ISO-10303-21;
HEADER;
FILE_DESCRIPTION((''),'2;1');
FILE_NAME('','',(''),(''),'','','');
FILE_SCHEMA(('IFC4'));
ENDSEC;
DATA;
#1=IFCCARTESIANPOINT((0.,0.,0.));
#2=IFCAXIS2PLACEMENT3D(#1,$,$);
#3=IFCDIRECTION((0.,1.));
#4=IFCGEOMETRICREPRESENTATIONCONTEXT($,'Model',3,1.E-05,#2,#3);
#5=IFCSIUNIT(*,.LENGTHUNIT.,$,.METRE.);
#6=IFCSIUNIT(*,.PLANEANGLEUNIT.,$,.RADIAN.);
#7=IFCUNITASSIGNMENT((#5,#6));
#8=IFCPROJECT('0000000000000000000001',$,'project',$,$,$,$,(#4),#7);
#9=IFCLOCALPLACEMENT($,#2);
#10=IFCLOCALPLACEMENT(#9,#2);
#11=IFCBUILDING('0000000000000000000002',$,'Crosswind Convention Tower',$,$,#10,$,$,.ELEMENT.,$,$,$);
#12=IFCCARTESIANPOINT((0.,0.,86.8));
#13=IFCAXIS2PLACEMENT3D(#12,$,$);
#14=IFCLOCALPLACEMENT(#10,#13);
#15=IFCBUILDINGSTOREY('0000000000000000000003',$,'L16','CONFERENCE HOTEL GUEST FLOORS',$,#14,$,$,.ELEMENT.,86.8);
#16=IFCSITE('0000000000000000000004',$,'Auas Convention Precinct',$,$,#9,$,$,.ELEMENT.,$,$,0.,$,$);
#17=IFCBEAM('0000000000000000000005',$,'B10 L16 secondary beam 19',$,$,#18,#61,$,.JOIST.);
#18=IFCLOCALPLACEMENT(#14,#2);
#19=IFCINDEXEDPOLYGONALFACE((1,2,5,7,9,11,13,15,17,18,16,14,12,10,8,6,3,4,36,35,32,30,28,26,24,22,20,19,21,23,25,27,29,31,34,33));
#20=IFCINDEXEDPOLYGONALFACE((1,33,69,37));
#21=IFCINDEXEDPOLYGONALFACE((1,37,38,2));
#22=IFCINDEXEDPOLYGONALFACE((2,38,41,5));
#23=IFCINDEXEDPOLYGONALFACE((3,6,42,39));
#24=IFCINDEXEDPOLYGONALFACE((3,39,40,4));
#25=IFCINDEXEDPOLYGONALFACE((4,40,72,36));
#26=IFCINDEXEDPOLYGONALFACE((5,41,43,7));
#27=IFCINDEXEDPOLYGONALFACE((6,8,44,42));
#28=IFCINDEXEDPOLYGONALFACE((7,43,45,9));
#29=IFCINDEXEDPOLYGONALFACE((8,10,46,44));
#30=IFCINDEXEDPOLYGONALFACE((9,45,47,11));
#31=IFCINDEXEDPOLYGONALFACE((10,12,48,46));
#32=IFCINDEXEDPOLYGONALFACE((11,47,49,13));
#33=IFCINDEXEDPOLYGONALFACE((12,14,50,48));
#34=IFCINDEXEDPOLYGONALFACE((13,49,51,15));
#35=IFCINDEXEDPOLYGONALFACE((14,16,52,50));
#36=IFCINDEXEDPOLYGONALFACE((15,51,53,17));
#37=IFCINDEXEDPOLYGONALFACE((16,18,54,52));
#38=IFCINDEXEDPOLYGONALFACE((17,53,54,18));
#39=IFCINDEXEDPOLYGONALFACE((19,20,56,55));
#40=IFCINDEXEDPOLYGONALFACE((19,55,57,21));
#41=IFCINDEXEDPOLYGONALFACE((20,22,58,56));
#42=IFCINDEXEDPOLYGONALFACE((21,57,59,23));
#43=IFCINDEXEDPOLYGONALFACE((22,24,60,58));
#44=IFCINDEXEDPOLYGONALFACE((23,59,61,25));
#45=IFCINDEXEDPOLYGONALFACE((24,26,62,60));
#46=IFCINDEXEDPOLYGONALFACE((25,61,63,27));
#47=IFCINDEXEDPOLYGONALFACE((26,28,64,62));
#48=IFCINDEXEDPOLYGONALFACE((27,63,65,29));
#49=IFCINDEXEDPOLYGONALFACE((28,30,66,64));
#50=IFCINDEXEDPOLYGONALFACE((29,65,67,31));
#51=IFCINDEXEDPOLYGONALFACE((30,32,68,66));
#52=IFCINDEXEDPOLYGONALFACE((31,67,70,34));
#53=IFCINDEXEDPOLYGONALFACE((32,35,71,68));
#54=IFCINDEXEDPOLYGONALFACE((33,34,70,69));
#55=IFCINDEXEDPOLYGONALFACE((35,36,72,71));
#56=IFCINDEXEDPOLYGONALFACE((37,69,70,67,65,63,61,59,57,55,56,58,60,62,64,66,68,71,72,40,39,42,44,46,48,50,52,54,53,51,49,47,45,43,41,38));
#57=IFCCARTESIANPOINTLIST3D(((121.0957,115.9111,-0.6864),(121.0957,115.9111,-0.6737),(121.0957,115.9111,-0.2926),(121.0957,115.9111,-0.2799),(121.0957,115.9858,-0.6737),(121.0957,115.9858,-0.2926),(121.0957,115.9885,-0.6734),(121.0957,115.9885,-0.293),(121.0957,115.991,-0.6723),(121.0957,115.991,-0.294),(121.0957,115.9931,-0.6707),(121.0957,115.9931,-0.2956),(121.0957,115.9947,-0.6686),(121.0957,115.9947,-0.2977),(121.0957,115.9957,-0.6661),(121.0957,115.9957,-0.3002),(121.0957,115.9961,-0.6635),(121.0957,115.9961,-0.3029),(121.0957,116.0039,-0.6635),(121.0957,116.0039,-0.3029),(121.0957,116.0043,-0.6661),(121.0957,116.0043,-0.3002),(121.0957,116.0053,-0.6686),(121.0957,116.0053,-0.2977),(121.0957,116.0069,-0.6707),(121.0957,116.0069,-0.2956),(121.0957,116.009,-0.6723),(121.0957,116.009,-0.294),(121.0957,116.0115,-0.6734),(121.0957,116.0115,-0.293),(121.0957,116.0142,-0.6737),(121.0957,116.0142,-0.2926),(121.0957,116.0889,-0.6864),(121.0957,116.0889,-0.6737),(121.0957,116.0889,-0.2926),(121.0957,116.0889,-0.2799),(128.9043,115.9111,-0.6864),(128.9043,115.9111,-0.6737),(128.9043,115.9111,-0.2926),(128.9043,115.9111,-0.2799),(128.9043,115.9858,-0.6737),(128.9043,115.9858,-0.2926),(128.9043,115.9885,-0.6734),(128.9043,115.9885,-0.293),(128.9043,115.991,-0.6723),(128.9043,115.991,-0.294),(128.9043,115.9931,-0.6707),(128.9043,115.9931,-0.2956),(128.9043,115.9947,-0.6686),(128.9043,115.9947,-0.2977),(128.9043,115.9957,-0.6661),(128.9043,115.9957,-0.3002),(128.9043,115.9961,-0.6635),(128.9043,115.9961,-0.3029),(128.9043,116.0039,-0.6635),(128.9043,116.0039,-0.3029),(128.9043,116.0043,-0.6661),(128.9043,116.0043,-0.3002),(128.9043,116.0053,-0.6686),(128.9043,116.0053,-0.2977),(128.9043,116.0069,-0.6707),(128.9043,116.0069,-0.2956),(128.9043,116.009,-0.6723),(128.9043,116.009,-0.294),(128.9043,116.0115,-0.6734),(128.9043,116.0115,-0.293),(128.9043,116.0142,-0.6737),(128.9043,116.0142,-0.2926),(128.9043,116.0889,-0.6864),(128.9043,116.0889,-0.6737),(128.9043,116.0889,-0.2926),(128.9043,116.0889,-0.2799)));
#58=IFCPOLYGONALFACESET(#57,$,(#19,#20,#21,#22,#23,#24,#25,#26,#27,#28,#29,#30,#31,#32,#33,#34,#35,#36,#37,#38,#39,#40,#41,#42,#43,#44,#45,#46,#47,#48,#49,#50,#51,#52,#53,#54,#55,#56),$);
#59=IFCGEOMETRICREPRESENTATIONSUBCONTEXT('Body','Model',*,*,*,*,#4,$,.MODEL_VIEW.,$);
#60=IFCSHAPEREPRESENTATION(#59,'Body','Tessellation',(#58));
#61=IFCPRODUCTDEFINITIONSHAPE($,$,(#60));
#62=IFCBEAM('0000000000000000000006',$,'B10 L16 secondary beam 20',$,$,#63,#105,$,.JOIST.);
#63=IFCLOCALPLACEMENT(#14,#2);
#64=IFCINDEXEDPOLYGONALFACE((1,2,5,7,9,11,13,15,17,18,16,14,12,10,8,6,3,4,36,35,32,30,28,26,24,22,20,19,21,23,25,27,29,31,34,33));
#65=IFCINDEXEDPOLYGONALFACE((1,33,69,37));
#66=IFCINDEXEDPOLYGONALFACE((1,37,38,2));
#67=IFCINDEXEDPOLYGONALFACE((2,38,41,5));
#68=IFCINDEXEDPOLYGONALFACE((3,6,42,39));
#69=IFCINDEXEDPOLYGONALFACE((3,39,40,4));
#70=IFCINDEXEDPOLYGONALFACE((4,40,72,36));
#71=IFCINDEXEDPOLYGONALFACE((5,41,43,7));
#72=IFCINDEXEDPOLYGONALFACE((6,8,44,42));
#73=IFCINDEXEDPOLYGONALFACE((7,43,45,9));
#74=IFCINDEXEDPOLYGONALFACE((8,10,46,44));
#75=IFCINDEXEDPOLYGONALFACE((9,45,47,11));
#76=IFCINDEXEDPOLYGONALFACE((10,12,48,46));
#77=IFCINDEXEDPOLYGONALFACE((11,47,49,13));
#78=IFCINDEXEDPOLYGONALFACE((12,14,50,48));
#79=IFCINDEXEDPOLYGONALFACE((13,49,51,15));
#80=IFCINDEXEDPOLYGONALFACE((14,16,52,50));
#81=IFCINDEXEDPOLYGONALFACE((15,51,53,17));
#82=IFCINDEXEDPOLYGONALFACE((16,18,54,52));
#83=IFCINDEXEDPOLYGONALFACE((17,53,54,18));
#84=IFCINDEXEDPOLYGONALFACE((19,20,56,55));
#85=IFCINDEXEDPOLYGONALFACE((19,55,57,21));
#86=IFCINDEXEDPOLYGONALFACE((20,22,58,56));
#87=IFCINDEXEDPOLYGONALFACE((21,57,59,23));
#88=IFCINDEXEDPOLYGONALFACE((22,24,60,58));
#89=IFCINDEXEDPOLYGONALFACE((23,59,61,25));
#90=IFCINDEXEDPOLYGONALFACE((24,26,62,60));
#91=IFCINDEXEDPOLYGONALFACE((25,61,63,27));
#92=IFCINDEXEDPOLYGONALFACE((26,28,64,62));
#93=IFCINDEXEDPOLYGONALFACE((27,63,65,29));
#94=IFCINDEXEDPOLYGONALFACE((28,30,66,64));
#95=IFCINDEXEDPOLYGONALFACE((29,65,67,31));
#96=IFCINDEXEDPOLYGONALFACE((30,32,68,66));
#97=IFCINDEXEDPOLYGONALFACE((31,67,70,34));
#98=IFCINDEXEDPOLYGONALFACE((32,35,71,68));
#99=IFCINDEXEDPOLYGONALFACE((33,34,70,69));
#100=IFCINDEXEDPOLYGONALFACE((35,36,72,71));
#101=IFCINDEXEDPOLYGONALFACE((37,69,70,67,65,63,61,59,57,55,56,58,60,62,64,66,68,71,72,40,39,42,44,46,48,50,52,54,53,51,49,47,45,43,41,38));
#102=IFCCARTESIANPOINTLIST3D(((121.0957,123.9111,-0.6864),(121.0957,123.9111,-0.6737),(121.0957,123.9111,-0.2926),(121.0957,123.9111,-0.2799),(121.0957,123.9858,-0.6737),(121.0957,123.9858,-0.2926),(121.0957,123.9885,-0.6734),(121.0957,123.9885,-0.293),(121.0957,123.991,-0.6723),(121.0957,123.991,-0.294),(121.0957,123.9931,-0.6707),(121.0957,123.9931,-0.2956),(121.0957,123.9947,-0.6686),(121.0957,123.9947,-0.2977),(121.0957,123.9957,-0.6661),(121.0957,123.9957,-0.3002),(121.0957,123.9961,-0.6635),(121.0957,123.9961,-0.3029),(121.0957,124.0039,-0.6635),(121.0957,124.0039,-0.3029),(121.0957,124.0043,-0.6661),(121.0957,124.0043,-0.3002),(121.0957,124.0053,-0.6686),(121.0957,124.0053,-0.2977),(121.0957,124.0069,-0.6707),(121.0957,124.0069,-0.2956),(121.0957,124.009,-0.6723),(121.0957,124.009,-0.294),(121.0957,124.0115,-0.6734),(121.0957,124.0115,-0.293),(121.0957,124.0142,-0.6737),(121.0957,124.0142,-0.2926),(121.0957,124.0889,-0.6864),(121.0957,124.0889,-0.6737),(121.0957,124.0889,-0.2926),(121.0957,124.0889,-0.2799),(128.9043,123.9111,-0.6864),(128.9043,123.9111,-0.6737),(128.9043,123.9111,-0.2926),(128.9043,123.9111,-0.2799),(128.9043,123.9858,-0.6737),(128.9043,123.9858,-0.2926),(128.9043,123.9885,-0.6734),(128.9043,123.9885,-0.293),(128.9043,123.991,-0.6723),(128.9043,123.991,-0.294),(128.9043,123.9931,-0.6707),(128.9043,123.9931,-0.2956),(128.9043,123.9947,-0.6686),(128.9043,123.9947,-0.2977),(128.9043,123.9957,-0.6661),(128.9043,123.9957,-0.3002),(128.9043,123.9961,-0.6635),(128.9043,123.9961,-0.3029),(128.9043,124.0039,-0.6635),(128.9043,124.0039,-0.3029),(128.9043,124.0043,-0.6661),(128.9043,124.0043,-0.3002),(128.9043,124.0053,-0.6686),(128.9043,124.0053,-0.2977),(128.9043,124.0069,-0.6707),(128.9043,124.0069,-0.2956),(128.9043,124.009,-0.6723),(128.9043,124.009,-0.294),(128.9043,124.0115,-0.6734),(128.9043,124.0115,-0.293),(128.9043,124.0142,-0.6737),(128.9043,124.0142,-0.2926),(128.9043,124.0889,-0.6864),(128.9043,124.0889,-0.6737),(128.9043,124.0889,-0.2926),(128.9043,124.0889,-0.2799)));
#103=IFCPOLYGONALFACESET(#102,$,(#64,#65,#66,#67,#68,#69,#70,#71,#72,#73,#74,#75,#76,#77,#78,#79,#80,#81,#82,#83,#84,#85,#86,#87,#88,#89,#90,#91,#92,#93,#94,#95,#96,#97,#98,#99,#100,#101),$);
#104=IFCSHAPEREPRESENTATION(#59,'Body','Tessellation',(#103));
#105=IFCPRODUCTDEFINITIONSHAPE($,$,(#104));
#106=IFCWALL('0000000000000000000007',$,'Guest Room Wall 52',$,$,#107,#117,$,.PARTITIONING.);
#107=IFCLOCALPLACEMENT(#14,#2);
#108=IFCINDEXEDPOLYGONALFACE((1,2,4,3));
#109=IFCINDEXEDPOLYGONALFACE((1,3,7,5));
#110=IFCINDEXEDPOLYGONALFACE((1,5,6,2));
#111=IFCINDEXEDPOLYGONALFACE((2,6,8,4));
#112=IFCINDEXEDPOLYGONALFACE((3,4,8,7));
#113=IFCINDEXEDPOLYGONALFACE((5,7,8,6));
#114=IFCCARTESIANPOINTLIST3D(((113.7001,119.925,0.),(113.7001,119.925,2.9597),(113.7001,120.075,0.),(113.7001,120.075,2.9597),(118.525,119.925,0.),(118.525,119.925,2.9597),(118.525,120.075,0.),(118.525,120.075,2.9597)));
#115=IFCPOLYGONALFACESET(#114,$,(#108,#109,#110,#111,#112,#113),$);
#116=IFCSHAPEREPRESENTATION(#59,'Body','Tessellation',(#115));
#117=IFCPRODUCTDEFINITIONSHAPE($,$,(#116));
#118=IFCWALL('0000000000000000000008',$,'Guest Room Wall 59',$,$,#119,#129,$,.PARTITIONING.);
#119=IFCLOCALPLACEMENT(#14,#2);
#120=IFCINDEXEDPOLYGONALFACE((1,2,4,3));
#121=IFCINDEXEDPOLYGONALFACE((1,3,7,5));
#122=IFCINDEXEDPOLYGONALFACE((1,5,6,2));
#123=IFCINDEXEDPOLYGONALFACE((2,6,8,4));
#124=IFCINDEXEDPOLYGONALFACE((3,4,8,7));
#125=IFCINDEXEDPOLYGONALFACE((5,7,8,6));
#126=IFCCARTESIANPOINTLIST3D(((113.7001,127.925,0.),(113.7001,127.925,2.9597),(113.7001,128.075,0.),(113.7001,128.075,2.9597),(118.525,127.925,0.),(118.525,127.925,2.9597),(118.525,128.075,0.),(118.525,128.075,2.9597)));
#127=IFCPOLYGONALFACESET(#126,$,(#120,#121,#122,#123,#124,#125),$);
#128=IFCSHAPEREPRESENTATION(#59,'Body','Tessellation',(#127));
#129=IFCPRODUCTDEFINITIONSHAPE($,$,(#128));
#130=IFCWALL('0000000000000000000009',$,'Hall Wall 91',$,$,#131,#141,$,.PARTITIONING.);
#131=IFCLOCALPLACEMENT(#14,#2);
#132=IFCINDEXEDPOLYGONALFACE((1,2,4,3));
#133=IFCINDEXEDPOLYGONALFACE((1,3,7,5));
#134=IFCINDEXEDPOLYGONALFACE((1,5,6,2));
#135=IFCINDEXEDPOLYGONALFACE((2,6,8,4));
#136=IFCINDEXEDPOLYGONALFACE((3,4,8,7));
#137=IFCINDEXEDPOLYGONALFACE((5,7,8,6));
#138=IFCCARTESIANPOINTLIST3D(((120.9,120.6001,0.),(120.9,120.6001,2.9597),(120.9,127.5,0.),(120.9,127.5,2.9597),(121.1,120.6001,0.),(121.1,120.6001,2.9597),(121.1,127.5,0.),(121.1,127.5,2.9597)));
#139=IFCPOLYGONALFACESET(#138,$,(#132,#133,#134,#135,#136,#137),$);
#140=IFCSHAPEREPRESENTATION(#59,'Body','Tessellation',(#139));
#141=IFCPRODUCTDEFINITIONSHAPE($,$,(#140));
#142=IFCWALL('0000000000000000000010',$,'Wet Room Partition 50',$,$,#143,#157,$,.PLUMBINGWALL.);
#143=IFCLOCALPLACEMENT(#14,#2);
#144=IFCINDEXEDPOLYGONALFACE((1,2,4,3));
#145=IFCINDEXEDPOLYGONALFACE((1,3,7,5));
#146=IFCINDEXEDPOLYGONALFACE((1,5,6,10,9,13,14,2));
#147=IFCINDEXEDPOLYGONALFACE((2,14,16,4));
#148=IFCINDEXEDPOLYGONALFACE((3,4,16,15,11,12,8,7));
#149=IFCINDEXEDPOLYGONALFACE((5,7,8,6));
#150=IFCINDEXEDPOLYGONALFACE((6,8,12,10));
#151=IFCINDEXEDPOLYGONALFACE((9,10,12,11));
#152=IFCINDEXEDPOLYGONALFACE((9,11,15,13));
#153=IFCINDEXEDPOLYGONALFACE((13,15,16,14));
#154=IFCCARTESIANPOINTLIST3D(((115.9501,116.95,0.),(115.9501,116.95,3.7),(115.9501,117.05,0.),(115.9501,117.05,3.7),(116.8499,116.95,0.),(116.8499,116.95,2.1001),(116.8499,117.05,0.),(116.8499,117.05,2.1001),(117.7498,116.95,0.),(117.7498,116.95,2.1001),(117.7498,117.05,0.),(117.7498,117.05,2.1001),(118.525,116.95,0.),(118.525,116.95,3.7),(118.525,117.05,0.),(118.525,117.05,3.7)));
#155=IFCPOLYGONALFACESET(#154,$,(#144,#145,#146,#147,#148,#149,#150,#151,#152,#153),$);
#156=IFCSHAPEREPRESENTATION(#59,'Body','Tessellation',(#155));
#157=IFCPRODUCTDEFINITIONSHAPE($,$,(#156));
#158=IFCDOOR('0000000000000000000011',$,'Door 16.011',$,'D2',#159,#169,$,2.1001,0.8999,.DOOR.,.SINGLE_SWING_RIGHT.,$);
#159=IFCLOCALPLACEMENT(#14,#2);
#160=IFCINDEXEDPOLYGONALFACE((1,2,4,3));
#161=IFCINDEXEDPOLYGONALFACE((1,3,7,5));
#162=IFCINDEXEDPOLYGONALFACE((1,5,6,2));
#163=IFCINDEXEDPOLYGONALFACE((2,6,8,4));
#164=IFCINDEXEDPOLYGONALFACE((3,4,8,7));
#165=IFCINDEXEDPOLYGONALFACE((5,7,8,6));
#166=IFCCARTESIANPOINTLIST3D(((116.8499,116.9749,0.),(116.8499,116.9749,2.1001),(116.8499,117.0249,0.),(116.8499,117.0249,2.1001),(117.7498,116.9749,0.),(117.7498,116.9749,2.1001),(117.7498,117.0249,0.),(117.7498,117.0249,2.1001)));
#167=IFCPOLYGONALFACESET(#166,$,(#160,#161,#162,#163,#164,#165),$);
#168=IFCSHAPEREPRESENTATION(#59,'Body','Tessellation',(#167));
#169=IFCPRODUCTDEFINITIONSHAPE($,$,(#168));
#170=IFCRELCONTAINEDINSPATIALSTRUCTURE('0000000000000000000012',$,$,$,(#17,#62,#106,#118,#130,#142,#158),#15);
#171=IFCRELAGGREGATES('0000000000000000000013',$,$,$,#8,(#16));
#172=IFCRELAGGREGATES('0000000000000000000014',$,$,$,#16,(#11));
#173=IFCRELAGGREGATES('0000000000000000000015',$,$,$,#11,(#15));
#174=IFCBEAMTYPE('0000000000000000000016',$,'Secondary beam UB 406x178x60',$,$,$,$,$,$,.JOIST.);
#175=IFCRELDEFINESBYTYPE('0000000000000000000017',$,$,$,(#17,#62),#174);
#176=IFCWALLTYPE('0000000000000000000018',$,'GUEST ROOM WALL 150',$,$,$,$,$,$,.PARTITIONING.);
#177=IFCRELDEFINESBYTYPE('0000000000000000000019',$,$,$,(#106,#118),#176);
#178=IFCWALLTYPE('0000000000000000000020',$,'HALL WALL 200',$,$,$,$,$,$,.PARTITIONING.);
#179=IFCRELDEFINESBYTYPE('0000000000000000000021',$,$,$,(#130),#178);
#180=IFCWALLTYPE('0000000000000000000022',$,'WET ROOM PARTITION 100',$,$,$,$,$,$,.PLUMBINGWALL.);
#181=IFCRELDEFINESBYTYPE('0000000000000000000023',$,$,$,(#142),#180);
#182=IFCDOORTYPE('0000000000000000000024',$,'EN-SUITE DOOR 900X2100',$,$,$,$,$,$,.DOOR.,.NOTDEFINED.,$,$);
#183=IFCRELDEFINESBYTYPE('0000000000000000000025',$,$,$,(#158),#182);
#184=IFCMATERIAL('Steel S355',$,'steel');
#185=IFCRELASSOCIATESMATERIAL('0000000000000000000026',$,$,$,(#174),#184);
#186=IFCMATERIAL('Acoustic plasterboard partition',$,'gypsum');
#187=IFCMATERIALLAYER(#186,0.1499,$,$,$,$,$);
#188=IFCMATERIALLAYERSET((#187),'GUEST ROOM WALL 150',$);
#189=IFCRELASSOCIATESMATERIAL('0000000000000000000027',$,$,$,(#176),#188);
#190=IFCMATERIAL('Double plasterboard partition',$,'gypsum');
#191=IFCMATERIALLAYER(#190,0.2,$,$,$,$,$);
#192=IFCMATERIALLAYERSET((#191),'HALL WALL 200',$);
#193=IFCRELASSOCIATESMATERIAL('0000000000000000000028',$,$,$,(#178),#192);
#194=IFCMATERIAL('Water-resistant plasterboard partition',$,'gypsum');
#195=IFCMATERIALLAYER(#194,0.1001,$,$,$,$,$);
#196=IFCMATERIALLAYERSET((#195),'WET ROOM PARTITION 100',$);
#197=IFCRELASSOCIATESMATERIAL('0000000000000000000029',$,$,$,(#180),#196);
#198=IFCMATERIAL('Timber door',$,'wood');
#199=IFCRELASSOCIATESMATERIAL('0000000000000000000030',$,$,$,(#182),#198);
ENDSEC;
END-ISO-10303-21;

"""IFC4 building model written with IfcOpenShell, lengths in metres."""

from ifc_helpers import new_model, si_unit, direction, frame, frame_2d, origin, origin_2d, place, context, subcontext, project, spatial, rectangle, i_section, extrude, material, layer, layer_set, material_profile, profile_set, type_object, element, fill, save


model = new_model("IFC4")

# Units and contexts
model_context = context("Model", 3, precision=1e-05, world=origin(), true_north=direction((0.0, 1.0)))
body_context = subcontext(model_context, "Body", "Model", "MODEL_VIEW")
ifc_project = project(units=[si_unit("LENGTHUNIT", "METRE"), si_unit("PLANEANGLEUNIT", "RADIAN")], contexts=[model_context])

# Site, building, storey
site_placement = place(None, origin())
site = spatial("IfcSite", under=ifc_project, at=site_placement, Name="Auas Convention Precinct", CompositionType="ELEMENT", RefElevation=0.0)
building_placement = place(site_placement, origin())
building = spatial("IfcBuilding", under=site, at=building_placement, Name="Crosswind Convention Tower", CompositionType="ELEMENT")
storey_placement = place(building_placement, frame((0.0, 0.0, 86.8)))
storey = spatial("IfcBuildingStorey", under=building, at=storey_placement, Name="L16", Description="CONFERENCE HOTEL GUEST FLOORS", CompositionType="ELEMENT", Elevation=86.8)

# Beams
ifc_material_1 = material(Name="Steel S355", Category="steel")
ifc_material_profile_1 = material_profile(ifc_material_1, i_section(OverallWidth=0.1777, OverallDepth=0.4065, WebThickness=0.0078, FlangeThickness=0.0127, FilletRadius=0.0103, at=origin_2d()), Name="UB 406x178x60")
ifc_profile_set_1 = profile_set([ifc_material_profile_1], Name="Steel S355")
beam_type_1 = type_object("IfcBeamType", Name="Secondary beam UB 406x178x60", PredefinedType="JOIST", material=ifc_profile_set_1)
for number, where, z_axis, x_axis, name in (
    (1, (121.0957, 116.0, -0.4832), (1.0, 0.0, 0.0), (0.0, 1.0, 0.0), "B10 L16 secondary beam 19"),
    (2, (121.0957, 124.0, -0.4832), (1.0, 0.0, 0.0), (0.0, 1.0, 0.0), "B10 L16 secondary beam 20"),
):
    element("IfcBeam", number, at=place(storey_placement, frame(where, z_axis=z_axis, x_axis=x_axis)), inside=storey, type_object=beam_type_1, Name=name, PredefinedType="JOIST", context=body_context, shape_type="SweptSolid", body=[
        extrude(i_section(OverallWidth=0.1777, OverallDepth=0.4065, WebThickness=0.0078, FlangeThickness=0.0127, FilletRadius=0.0103, at=origin_2d()), origin(), (0.0, 0.0, 1.0), 7.8086),
    ])

# Walls
ifc_material_2 = material(Name="Acoustic plasterboard partition", Category="gypsum")
ifc_layer_1 = layer(ifc_material_2, 0.1499)
ifc_layer_set_1 = layer_set([ifc_layer_1], Name="GUEST ROOM WALL 150")
wall_type_1 = type_object("IfcWallType", Name="GUEST ROOM WALL 150", PredefinedType="PARTITIONING", material=ifc_layer_set_1)
for number, where, z_axis, x_axis, name in (
    (3, (113.7, 120.0, 0.0), (0.0, 0.0, 1.0), (1.0, 0.0, 0.0), "Guest Room Wall 52"),
    (4, (113.7, 128.0, 0.0), (0.0, 0.0, 1.0), (1.0, 0.0, 0.0), "Guest Room Wall 59"),
):
    element("IfcWall", number, at=place(storey_placement, frame(where, z_axis=z_axis, x_axis=x_axis)), inside=storey, type_object=wall_type_1, Name=name, PredefinedType="PARTITIONING", context=body_context, shape_type="SweptSolid", body=[
        extrude(rectangle(XDim=4.825, YDim=0.1499, at=frame_2d((2.4126, 0.0))), origin(), (0.0, 0.0, 1.0), 2.9597),
    ])
ifc_material_3 = material(Name="Double plasterboard partition", Category="gypsum")
ifc_layer_2 = layer(ifc_material_3, 0.2)
ifc_layer_set_2 = layer_set([ifc_layer_2], Name="HALL WALL 200")
wall_type_2 = type_object("IfcWallType", Name="HALL WALL 200", PredefinedType="PARTITIONING", material=ifc_layer_set_2)
wall_1_placement = place(storey_placement, frame((121.0, 120.6001, 0.0), z_axis=(0.0, 0.0, 1.0), x_axis=(0.0, 1.0, 0.0)))
element("IfcWall", 5, at=wall_1_placement, inside=storey, type_object=wall_type_2, Name="Hall Wall 91", PredefinedType="PARTITIONING", context=body_context, shape_type="SweptSolid", body=[
    extrude(rectangle(XDim=6.8999, YDim=0.2, at=frame_2d((3.45, 0.0))), origin(), (0.0, 0.0, 1.0), 2.9597),
])

# Wall, opening, door
ifc_material_4 = material(Name="Water-resistant plasterboard partition", Category="gypsum")
ifc_layer_3 = layer(ifc_material_4, 0.1001)
ifc_layer_set_3 = layer_set([ifc_layer_3], Name="WET ROOM PARTITION 100")
wall_type_3 = type_object("IfcWallType", Name="WET ROOM PARTITION 100", PredefinedType="PLUMBINGWALL", material=ifc_layer_set_3)
wall_2_placement = place(storey_placement, frame((115.95, 117.0, 0.0), z_axis=(0.0, 0.0, 1.0), x_axis=(1.0, 0.0, 0.0)))
wall_2 = element("IfcWall", 6, at=wall_2_placement, inside=storey, type_object=wall_type_3, Name="Wet Room Partition 50", PredefinedType="PLUMBINGWALL", context=body_context, shape_type="SweptSolid", body=[
    extrude(rectangle(XDim=2.575, YDim=0.1001, at=frame_2d((1.2876, 0.0))), origin(), (0.0, 0.0, 1.0), 3.7),
])
opening_1_placement = place(wall_2_placement, frame((0.8999, 0.0, 0.0)))
opening_1 = element("IfcOpeningElement", 7, at=opening_1_placement, cuts=wall_2, PredefinedType="OPENING", context=body_context, shape_type="SweptSolid", body=[
    extrude(rectangle(XDim=0.8999, YDim=2.1001, at=frame_2d((0.45, 1.05))), frame((0.0, 0.0601, 0.0), z_axis=(0.0, -1.0, 0.0), x_axis=(1.0, 0.0, 0.0)), (0.0, 0.0, 1.0), 0.1201),
])
ifc_material_5 = material(Name="Timber door", Category="wood")
door_type = type_object("IfcDoorType", Name="EN-SUITE DOOR 900X2100", OperationType="NOTDEFINED", PredefinedType="DOOR", material=ifc_material_5)
door_1_placement = place(opening_1_placement, origin())
door_1 = element("IfcDoor", 8, at=door_1_placement, inside=storey, type_object=door_type, Name="Door 16.011", ObjectType="D2", OperationType="SINGLE_SWING_RIGHT", OverallHeight=2.1001, OverallWidth=0.8999, PredefinedType="DOOR", context=body_context, shape_type="SweptSolid", body=[
    extrude(rectangle(XDim=0.8999, YDim=2.1001, at=frame_2d((0.45, 1.05))), frame((0.0, 0.0249, 0.0), z_axis=(0.0, -1.0, 0.0), x_axis=(1.0, 0.0, 0.0)), (0.0, 0.0, 1.0), 0.05),
])
fill(opening_1, door_1)

save(model, "model.ifc")
